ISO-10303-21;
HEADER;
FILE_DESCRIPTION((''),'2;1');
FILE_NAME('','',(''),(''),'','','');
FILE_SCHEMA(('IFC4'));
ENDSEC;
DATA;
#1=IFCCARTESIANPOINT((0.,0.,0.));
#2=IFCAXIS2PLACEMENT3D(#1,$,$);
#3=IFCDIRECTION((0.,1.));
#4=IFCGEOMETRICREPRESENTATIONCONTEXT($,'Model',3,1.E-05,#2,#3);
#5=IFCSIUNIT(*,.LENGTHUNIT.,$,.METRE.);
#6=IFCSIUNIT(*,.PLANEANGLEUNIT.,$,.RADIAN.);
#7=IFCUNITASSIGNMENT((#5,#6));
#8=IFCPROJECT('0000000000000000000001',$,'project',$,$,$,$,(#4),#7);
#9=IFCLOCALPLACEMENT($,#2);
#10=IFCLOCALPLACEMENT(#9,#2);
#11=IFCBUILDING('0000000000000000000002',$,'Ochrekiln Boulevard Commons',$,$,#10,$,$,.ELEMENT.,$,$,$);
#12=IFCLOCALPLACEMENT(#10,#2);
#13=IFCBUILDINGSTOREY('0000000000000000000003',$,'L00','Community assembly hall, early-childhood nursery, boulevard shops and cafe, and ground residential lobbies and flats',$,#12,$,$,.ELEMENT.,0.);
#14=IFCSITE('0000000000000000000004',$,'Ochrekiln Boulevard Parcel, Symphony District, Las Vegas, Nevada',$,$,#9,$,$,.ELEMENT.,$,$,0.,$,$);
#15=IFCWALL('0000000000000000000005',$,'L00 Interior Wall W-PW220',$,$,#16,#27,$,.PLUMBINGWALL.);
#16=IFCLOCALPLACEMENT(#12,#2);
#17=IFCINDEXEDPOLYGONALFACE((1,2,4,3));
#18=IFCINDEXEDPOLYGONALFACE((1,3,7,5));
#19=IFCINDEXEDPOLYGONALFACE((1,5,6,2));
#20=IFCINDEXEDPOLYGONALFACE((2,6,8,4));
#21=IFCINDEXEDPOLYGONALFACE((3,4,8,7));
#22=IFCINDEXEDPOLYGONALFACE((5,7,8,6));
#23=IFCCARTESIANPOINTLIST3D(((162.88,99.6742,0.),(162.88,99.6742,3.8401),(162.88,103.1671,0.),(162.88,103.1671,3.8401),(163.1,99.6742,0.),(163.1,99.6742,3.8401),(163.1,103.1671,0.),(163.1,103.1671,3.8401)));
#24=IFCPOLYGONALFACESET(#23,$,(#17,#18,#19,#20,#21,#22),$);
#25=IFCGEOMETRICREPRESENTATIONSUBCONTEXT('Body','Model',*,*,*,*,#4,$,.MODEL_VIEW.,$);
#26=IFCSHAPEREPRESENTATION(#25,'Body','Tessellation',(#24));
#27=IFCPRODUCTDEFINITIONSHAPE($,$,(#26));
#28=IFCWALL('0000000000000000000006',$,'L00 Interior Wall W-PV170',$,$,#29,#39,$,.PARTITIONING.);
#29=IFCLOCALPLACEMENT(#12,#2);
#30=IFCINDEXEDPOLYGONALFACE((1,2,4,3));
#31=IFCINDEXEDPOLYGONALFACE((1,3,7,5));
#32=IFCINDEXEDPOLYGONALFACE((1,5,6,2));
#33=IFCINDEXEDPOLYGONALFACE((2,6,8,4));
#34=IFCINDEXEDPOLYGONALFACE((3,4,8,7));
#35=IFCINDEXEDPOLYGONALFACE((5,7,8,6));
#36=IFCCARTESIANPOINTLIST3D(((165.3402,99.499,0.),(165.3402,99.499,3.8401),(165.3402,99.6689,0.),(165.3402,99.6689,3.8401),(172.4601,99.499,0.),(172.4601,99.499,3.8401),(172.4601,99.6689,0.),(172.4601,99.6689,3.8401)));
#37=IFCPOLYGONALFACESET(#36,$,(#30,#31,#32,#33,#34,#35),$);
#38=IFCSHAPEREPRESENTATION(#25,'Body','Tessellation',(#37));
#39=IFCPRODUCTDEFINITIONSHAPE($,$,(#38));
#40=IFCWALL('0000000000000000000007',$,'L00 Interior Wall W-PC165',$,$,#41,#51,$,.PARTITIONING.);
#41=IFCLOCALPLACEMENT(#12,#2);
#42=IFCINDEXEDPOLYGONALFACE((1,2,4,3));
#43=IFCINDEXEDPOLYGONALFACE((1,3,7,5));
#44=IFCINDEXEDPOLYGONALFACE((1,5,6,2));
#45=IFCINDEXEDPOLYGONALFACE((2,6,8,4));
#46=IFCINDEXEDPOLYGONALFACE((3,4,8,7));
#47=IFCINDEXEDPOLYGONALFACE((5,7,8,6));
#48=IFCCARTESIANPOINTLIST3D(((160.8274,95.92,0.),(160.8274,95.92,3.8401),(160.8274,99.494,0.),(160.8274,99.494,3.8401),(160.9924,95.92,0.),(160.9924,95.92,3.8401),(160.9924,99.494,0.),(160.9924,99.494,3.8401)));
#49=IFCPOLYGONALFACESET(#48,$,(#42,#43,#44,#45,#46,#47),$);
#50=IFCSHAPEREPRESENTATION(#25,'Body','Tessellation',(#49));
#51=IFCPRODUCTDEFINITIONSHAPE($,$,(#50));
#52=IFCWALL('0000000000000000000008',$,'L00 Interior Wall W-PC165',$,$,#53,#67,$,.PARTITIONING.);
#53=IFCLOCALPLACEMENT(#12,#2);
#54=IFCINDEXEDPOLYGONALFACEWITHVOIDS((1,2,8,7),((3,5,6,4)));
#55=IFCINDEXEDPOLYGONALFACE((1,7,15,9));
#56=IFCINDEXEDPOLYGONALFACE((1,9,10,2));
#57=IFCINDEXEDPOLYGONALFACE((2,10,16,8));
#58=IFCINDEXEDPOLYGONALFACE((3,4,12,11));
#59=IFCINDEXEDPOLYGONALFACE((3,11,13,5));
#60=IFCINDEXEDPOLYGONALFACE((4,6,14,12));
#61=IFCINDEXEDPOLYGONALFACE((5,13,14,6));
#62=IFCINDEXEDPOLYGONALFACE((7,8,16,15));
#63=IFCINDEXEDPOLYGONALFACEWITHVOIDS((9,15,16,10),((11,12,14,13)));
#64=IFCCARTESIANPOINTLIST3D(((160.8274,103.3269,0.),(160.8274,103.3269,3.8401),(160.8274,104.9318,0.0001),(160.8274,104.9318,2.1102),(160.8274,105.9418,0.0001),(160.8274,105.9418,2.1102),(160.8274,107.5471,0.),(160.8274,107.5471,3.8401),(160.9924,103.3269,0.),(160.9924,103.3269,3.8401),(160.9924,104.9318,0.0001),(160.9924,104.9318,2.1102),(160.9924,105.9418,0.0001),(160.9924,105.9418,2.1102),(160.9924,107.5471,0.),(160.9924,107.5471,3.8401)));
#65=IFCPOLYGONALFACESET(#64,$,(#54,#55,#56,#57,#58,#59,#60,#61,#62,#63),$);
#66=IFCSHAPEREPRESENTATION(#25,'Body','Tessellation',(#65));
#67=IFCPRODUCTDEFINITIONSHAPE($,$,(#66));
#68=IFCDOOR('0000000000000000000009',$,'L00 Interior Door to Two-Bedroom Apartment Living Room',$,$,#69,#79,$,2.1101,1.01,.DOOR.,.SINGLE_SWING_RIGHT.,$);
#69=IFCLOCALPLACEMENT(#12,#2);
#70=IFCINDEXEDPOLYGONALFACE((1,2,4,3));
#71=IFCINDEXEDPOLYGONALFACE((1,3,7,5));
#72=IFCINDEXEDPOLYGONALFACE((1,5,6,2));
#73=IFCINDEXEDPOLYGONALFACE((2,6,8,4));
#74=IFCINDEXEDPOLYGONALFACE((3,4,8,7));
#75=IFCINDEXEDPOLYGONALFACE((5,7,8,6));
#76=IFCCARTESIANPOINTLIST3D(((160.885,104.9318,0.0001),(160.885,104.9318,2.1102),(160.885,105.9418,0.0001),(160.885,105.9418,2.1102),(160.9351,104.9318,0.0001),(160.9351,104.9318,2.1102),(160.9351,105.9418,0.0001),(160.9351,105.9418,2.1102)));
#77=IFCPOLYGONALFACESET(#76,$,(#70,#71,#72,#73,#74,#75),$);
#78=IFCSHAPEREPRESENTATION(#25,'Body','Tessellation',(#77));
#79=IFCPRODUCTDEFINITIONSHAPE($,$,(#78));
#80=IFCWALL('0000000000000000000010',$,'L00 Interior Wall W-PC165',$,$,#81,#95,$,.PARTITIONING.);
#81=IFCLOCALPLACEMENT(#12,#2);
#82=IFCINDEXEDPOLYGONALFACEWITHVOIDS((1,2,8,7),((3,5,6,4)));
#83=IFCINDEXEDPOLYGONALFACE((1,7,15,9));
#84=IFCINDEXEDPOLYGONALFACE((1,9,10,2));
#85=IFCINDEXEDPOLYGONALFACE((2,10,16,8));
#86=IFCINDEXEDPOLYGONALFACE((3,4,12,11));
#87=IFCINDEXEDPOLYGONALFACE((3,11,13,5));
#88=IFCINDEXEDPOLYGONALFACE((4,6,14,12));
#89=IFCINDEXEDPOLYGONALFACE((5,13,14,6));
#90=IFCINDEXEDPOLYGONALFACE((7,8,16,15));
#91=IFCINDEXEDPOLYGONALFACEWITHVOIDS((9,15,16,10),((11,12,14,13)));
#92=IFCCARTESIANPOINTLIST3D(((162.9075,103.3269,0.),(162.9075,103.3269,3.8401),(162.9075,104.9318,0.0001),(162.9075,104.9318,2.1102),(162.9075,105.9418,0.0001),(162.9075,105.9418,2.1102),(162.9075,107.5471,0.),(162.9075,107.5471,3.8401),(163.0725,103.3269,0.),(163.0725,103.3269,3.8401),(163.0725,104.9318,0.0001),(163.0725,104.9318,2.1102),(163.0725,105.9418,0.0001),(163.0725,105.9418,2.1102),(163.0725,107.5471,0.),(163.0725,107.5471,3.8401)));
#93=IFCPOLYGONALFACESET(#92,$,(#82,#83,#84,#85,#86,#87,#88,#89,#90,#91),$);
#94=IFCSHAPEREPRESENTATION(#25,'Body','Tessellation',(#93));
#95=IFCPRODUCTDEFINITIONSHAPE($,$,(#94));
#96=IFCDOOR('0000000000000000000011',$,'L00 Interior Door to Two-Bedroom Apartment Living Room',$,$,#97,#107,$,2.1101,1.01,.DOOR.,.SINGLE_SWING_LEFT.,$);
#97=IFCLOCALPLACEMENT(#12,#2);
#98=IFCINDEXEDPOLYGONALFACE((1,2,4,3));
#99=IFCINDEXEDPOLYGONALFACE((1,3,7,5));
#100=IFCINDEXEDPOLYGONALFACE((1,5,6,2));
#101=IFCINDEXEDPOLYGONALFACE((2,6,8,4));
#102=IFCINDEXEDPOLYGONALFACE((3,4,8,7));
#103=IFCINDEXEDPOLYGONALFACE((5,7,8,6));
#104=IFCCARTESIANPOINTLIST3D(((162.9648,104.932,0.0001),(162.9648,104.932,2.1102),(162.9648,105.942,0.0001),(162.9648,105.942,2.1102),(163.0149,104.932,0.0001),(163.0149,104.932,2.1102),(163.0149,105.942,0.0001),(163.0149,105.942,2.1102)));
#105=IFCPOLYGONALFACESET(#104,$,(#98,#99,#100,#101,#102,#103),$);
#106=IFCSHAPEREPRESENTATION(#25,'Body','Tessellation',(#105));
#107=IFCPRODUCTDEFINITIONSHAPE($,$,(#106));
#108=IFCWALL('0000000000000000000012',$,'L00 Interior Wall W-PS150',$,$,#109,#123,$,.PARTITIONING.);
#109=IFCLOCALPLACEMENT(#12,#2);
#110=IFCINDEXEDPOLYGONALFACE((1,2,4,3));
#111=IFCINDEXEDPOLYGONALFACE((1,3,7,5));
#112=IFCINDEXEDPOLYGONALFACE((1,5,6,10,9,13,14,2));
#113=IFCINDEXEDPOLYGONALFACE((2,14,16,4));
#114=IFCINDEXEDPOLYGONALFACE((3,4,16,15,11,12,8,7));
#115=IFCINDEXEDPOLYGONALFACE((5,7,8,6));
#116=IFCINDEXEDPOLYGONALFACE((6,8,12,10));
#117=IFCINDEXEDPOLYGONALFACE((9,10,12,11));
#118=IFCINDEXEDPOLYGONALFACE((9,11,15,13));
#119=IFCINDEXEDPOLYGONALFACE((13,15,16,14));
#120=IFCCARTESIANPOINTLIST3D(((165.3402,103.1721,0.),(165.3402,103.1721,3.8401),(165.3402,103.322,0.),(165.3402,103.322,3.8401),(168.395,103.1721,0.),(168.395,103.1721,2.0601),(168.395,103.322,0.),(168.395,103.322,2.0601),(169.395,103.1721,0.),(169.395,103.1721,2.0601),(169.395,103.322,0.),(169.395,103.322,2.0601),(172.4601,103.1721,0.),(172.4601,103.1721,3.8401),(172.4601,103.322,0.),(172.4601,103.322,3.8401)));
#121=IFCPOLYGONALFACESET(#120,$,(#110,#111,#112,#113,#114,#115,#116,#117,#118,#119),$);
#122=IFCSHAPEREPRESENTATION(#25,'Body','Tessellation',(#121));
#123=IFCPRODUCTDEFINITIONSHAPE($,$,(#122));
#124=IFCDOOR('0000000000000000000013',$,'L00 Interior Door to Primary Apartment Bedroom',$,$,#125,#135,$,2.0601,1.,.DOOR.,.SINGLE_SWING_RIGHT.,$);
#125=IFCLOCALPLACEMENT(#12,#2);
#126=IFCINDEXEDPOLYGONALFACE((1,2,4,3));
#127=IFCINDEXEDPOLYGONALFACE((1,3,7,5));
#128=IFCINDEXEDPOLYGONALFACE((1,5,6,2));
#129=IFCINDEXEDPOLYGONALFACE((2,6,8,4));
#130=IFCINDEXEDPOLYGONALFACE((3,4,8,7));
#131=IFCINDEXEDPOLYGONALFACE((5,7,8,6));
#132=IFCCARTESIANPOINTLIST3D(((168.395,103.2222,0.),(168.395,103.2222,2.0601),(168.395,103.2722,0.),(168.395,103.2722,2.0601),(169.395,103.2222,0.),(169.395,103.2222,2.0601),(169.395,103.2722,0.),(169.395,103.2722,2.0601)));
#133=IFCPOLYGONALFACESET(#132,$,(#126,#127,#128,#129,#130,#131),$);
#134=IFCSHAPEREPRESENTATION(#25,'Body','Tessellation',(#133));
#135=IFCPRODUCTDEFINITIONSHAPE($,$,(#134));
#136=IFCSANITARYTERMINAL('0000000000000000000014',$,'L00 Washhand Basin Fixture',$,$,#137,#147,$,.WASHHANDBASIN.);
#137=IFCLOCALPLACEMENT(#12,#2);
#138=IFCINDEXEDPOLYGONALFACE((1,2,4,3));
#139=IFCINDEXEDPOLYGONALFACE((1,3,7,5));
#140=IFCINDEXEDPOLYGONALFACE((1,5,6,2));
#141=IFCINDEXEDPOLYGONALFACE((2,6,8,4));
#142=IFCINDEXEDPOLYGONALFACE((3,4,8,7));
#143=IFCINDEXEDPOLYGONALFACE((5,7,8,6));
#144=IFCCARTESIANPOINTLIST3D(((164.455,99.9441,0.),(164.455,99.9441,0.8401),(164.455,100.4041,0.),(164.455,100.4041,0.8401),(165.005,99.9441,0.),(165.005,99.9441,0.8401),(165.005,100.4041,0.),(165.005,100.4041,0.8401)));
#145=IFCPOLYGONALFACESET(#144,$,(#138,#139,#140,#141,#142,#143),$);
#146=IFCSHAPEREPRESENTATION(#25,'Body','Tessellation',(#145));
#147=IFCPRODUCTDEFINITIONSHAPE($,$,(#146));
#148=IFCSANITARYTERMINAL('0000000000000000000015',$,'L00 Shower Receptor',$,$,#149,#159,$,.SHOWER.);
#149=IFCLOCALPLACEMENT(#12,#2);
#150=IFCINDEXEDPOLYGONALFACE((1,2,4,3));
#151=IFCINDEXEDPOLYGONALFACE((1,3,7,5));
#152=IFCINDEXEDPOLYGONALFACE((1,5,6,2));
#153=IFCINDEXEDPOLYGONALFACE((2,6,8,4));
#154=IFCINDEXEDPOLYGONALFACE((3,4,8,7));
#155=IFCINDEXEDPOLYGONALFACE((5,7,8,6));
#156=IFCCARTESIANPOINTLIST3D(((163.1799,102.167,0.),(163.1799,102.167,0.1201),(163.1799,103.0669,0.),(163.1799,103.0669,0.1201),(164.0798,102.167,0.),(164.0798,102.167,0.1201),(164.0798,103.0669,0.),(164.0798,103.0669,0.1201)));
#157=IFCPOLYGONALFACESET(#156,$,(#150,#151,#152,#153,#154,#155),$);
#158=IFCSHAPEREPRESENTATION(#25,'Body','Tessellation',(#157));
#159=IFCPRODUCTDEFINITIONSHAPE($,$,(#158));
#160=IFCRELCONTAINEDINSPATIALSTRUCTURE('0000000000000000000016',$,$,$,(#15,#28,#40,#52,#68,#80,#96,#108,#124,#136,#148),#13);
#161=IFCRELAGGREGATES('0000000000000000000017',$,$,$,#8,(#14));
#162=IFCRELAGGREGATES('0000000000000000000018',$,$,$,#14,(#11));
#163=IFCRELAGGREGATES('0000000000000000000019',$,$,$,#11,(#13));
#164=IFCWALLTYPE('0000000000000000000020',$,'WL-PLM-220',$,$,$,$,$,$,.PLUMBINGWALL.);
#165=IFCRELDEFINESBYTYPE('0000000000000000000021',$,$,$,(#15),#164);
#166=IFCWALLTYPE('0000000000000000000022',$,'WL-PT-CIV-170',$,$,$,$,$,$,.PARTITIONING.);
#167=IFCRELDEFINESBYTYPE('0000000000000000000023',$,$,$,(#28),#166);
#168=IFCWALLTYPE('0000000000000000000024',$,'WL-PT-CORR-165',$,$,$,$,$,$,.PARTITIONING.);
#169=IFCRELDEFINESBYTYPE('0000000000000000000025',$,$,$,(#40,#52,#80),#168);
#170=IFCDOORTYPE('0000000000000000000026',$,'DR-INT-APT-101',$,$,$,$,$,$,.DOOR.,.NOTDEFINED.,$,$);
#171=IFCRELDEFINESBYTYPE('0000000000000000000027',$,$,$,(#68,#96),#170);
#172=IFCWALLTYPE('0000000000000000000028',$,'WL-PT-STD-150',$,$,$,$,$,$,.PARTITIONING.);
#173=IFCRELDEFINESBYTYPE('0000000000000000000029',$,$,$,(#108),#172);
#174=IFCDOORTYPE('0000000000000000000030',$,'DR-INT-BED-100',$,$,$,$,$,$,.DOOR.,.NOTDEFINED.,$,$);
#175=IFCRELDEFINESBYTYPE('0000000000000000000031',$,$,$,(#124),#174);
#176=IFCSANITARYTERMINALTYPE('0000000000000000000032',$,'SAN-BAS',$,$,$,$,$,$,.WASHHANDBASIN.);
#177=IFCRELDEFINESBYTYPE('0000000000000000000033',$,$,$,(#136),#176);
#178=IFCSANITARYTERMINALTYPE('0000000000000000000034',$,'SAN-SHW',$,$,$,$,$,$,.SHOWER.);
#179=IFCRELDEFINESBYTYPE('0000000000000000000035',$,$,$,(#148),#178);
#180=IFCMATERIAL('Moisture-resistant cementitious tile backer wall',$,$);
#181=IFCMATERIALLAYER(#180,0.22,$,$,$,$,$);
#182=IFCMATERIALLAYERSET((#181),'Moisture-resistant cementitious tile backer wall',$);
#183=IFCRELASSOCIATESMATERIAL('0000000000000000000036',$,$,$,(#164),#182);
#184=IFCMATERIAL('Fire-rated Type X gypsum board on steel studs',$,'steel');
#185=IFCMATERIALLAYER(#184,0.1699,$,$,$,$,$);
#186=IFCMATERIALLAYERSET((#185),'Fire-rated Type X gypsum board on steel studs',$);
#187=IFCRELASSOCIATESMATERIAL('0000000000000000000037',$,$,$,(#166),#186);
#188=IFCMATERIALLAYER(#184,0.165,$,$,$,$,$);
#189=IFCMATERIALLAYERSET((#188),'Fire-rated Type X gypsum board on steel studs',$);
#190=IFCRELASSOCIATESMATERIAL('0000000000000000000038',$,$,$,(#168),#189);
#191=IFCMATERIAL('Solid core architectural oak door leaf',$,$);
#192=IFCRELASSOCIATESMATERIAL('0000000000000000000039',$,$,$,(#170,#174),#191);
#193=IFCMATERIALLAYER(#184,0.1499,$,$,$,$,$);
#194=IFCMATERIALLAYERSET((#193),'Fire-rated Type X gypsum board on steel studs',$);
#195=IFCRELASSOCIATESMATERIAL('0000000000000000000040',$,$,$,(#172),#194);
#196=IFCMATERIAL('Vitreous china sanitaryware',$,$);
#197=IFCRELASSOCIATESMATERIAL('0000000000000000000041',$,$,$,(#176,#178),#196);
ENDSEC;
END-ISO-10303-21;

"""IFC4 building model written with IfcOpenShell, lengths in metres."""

from ifc_helpers import new_model, si_unit, direction, frame, frame_2d, origin, origin_2d, place, context, subcontext, project, spatial, rectangle, extrude, material, layer, layer_set, type_object, element, fill, save


model = new_model("IFC4")

# Units and contexts
model_context = context("Model", 3, precision=1e-05, world=origin(), true_north=direction((0.0, 1.0)))
body_context = subcontext(model_context, "Body", "Model", "MODEL_VIEW")
ifc_project = project(units=[si_unit("LENGTHUNIT", "METRE"), si_unit("PLANEANGLEUNIT", "RADIAN")], contexts=[model_context])

# Site, building, storey
site_placement = place(None, origin())
site = spatial("IfcSite", under=ifc_project, at=site_placement, Name="Ochrekiln Boulevard Parcel, Symphony District, Las Vegas, Nevada", CompositionType="ELEMENT", RefElevation=0.0)
building_placement = place(site_placement, origin())
building = spatial("IfcBuilding", under=site, at=building_placement, Name="Ochrekiln Boulevard Commons", CompositionType="ELEMENT")
storey_placement = place(building_placement, origin())
storey = spatial("IfcBuildingStorey", under=building, at=storey_placement, Name="L00", Description="Community assembly hall, early-childhood nursery, boulevard shops and cafe, and ground residential lobbies and flats", CompositionType="ELEMENT", Elevation=0.0)

# Shared definitions
ifc_material_1 = material(Name="Moisture-resistant cementitious tile backer wall")

# Shared definitions
ifc_material_2 = material(Name="Solid core architectural oak door leaf")

# Walls
ifc_layer_1 = layer(ifc_material_1, 0.22)
ifc_layer_set_1 = layer_set([ifc_layer_1], Name="Moisture-resistant cementitious tile backer wall")
wall_type_1 = type_object("IfcWallType", Name="WL-PLM-220", PredefinedType="PLUMBINGWALL", material=ifc_layer_set_1)
for number, where, z_axis, x_axis, name in (
    (1, (162.99, 99.6741, 0.0), (0.0, 0.0, 1.0), (0.0, 1.0, 0.0), "L00 Interior Wall W-PW220"),
):
    element("IfcWall", number, at=place(storey_placement, frame(where, z_axis=z_axis, x_axis=x_axis)), inside=storey, type_object=wall_type_1, Name=name, PredefinedType="PLUMBINGWALL", context=body_context, shape_type="SweptSolid", body=[
        extrude(rectangle(XDim=3.4929, YDim=0.22, at=frame_2d((1.7466, 0.0))), origin(), (0.0, 0.0, 1.0), 3.8401),
    ])
ifc_material_3 = material(Name="Fire-rated Type X gypsum board on steel studs", Category="steel")
ifc_layer_2 = layer(ifc_material_3, 0.1699)
ifc_layer_set_2 = layer_set([ifc_layer_2], Name="Fire-rated Type X gypsum board on steel studs")
wall_type_2 = type_object("IfcWallType", Name="WL-PT-CIV-170", PredefinedType="PARTITIONING", material=ifc_layer_set_2)
wall_1_placement = place(storey_placement, frame((165.3401, 99.584, 0.0), z_axis=(0.0, 0.0, 1.0), x_axis=(1.0, 0.0, 0.0)))
element("IfcWall", 2, at=wall_1_placement, inside=storey, type_object=wall_type_2, Name="L00 Interior Wall W-PV170", PredefinedType="PARTITIONING", context=body_context, shape_type="SweptSolid", body=[
    extrude(rectangle(XDim=7.1199, YDim=0.1699, at=frame_2d((3.5601, 0.0))), origin(), (0.0, 0.0, 1.0), 3.8401),
])
ifc_layer_3 = layer(ifc_material_3, 0.165)
ifc_layer_set_3 = layer_set([ifc_layer_3], Name="Fire-rated Type X gypsum board on steel studs")
wall_type_3 = type_object("IfcWallType", Name="WL-PT-CORR-165", PredefinedType="PARTITIONING", material=ifc_layer_set_3)
wall_2_placement = place(storey_placement, frame((160.9099, 95.9199, 0.0), z_axis=(0.0, 0.0, 1.0), x_axis=(0.0, 1.0, 0.0)))
element("IfcWall", 3, at=wall_2_placement, inside=storey, type_object=wall_type_3, Name="L00 Interior Wall W-PC165", PredefinedType="PARTITIONING", context=body_context, shape_type="SweptSolid", body=[
    extrude(rectangle(XDim=3.574, YDim=0.165, at=frame_2d((1.7871, 0.0))), origin(), (0.0, 0.0, 1.0), 3.8401),
])

# Walls, openings, doors
wall_3_placement = place(storey_placement, frame((160.9099, 103.3269, 0.0), z_axis=(0.0, 0.0, 1.0), x_axis=(0.0, 1.0, 0.0)))
wall_3 = element("IfcWall", 4, at=wall_3_placement, inside=storey, type_object=wall_type_3, Name="L00 Interior Wall W-PC165", PredefinedType="PARTITIONING", context=body_context, shape_type="SweptSolid", body=[
    extrude(rectangle(XDim=4.2202, YDim=0.165, at=frame_2d((2.1101, 0.0))), origin(), (0.0, 0.0, 1.0), 3.8401),
])
opening_1_placement = place(wall_3_placement, frame((1.605, 0.0, 0.0)))
opening_1 = element("IfcOpeningElement", 5, at=opening_1_placement, cuts=wall_3, PredefinedType="OPENING", context=body_context, shape_type="SweptSolid", body=[
    extrude(rectangle(XDim=1.01, YDim=2.1101, at=frame_2d((0.5049, 1.0552))), frame((0.0, 0.0925, 0.0), z_axis=(0.0, -1.0, 0.0), x_axis=(1.0, 0.0, 0.0)), (0.0, 0.0, 1.0), 0.1851),
])
door_type_1 = type_object("IfcDoorType", Name="DR-INT-APT-101", OperationType="NOTDEFINED", PredefinedType="DOOR", material=ifc_material_2)
door_1_placement = place(opening_1_placement, origin())
door_1 = element("IfcDoor", 6, at=door_1_placement, inside=storey, type_object=door_type_1, Name="L00 Interior Door to Two-Bedroom Apartment Living Room", OperationType="SINGLE_SWING_RIGHT", OverallHeight=2.1101, OverallWidth=1.01, PredefinedType="DOOR", context=body_context, shape_type="SweptSolid", body=[
    extrude(rectangle(XDim=1.01, YDim=2.1101, at=frame_2d((0.5049, 1.0552))), frame((0.0, 0.0249, 0.0), z_axis=(0.0, -1.0, 0.0), x_axis=(1.0, 0.0, 0.0)), (0.0, 0.0, 1.0), 0.05),
])
fill(opening_1, door_1)
wall_4_placement = place(storey_placement, frame((162.99, 103.3269, 0.0), z_axis=(0.0, 0.0, 1.0), x_axis=(0.0, 1.0, 0.0)))
wall_4 = element("IfcWall", 7, at=wall_4_placement, inside=storey, type_object=wall_type_3, Name="L00 Interior Wall W-PC165", PredefinedType="PARTITIONING", context=body_context, shape_type="SweptSolid", body=[
    extrude(rectangle(XDim=4.2202, YDim=0.165, at=frame_2d((2.1101, 0.0))), origin(), (0.0, 0.0, 1.0), 3.8401),
])
opening_2_placement = place(wall_4_placement, frame((1.605, 0.0, 0.0)))
opening_2 = element("IfcOpeningElement", 8, at=opening_2_placement, cuts=wall_4, PredefinedType="OPENING", context=body_context, shape_type="SweptSolid", body=[
    extrude(rectangle(XDim=1.01, YDim=2.1101, at=frame_2d((0.5049, 1.0552))), frame((0.0, 0.0925, 0.0), z_axis=(0.0, -1.0, 0.0), x_axis=(1.0, 0.0, 0.0)), (0.0, 0.0, 1.0), 0.1851),
])
door_2_placement = place(opening_2_placement, frame((1.01, 0.0, 0.0), z_axis=(0.0, 0.0, 1.0), x_axis=(-1.0, 0.0, 0.0)))
door_2 = element("IfcDoor", 9, at=door_2_placement, inside=storey, type_object=door_type_1, Name="L00 Interior Door to Two-Bedroom Apartment Living Room", OperationType="SINGLE_SWING_LEFT", OverallHeight=2.1101, OverallWidth=1.01, PredefinedType="DOOR", context=body_context, shape_type="SweptSolid", body=[
    extrude(rectangle(XDim=1.01, YDim=2.1101, at=frame_2d((0.5049, 1.0552))), frame((0.0, 0.0249, 0.0), z_axis=(0.0, -1.0, 0.0), x_axis=(1.0, 0.0, 0.0)), (0.0, 0.0, 1.0), 0.05),
])
fill(opening_2, door_2)
ifc_layer_4 = layer(ifc_material_3, 0.1499)
ifc_layer_set_4 = layer_set([ifc_layer_4], Name="Fire-rated Type X gypsum board on steel studs")
wall_type_4 = type_object("IfcWallType", Name="WL-PT-STD-150", PredefinedType="PARTITIONING", material=ifc_layer_set_4)
wall_5_placement = place(storey_placement, frame((165.3401, 103.2471, 0.0), z_axis=(0.0, 0.0, 1.0), x_axis=(1.0, 0.0, 0.0)))
wall_5 = element("IfcWall", 10, at=wall_5_placement, inside=storey, type_object=wall_type_4, Name="L00 Interior Wall W-PS150", PredefinedType="PARTITIONING", context=body_context, shape_type="SweptSolid", body=[
    extrude(rectangle(XDim=7.1199, YDim=0.1499, at=frame_2d((3.5601, 0.0))), origin(), (0.0, 0.0, 1.0), 3.8401),
])
opening_3_placement = place(wall_5_placement, frame((3.0549, 0.0, 0.0)))
opening_3 = element("IfcOpeningElement", 11, at=opening_3_placement, cuts=wall_5, PredefinedType="OPENING", context=body_context, shape_type="SweptSolid", body=[
    extrude(rectangle(XDim=1.0, YDim=2.0601, at=frame_2d((0.5, 1.03))), frame((0.0, 0.085, 0.0), z_axis=(0.0, -1.0, 0.0), x_axis=(1.0, 0.0, 0.0)), (0.0, 0.0, 1.0), 0.1699),
])
door_type_2 = type_object("IfcDoorType", Name="DR-INT-BED-100", OperationType="NOTDEFINED", PredefinedType="DOOR", material=ifc_material_2)
door_3_placement = place(opening_3_placement, frame((1.0, 0.0, 0.0), z_axis=(0.0, 0.0, 1.0), x_axis=(-1.0, 0.0, 0.0)))
door_3 = element("IfcDoor", 12, at=door_3_placement, inside=storey, type_object=door_type_2, Name="L00 Interior Door to Primary Apartment Bedroom", OperationType="SINGLE_SWING_RIGHT", OverallHeight=2.0601, OverallWidth=1.0, PredefinedType="DOOR", context=body_context, shape_type="SweptSolid", body=[
    extrude(rectangle(XDim=1.0, YDim=2.0601, at=frame_2d((0.5, 1.03))), frame((0.0, 0.0249, 0.0), z_axis=(0.0, -1.0, 0.0), x_axis=(1.0, 0.0, 0.0)), (0.0, 0.0, 1.0), 0.05),
])
fill(opening_3, door_3)

# Sanitary terminals
ifc_material_4 = material(Name="Vitreous china sanitaryware")
sanitary_terminal_type_1 = type_object("IfcSanitaryTerminalType", Name="SAN-BAS", PredefinedType="WASHHANDBASIN", material=ifc_material_4)
sanitary_terminal_1_placement = place(storey_placement, frame((164.73, 100.1741, 0.0), z_axis=(0.0, 0.0, 1.0), x_axis=(1.0, 0.0, 0.0)))
element("IfcSanitaryTerminal", 13, at=sanitary_terminal_1_placement, inside=storey, type_object=sanitary_terminal_type_1, Name="L00 Washhand Basin Fixture", PredefinedType="WASHHANDBASIN", context=body_context, shape_type="SweptSolid", body=[
    extrude(rectangle(XDim=0.55, YDim=0.46, at=origin_2d()), origin(), (0.0, 0.0, 1.0), 0.8401),
])
sanitary_terminal_type_2 = type_object("IfcSanitaryTerminalType", Name="SAN-SHW", PredefinedType="SHOWER", material=ifc_material_4)
sanitary_terminal_2_placement = place(storey_placement, frame((163.6299, 102.6169, 0.0), z_axis=(0.0, 0.0, 1.0), x_axis=(1.0, 0.0, 0.0)))
element("IfcSanitaryTerminal", 14, at=sanitary_terminal_2_placement, inside=storey, type_object=sanitary_terminal_type_2, Name="L00 Shower Receptor", PredefinedType="SHOWER", context=body_context, shape_type="SweptSolid", body=[
    extrude(rectangle(XDim=0.8999, YDim=0.8999, at=origin_2d()), origin(), (0.0, 0.0, 1.0), 0.1201),
])

save(model, "model.ifc")
